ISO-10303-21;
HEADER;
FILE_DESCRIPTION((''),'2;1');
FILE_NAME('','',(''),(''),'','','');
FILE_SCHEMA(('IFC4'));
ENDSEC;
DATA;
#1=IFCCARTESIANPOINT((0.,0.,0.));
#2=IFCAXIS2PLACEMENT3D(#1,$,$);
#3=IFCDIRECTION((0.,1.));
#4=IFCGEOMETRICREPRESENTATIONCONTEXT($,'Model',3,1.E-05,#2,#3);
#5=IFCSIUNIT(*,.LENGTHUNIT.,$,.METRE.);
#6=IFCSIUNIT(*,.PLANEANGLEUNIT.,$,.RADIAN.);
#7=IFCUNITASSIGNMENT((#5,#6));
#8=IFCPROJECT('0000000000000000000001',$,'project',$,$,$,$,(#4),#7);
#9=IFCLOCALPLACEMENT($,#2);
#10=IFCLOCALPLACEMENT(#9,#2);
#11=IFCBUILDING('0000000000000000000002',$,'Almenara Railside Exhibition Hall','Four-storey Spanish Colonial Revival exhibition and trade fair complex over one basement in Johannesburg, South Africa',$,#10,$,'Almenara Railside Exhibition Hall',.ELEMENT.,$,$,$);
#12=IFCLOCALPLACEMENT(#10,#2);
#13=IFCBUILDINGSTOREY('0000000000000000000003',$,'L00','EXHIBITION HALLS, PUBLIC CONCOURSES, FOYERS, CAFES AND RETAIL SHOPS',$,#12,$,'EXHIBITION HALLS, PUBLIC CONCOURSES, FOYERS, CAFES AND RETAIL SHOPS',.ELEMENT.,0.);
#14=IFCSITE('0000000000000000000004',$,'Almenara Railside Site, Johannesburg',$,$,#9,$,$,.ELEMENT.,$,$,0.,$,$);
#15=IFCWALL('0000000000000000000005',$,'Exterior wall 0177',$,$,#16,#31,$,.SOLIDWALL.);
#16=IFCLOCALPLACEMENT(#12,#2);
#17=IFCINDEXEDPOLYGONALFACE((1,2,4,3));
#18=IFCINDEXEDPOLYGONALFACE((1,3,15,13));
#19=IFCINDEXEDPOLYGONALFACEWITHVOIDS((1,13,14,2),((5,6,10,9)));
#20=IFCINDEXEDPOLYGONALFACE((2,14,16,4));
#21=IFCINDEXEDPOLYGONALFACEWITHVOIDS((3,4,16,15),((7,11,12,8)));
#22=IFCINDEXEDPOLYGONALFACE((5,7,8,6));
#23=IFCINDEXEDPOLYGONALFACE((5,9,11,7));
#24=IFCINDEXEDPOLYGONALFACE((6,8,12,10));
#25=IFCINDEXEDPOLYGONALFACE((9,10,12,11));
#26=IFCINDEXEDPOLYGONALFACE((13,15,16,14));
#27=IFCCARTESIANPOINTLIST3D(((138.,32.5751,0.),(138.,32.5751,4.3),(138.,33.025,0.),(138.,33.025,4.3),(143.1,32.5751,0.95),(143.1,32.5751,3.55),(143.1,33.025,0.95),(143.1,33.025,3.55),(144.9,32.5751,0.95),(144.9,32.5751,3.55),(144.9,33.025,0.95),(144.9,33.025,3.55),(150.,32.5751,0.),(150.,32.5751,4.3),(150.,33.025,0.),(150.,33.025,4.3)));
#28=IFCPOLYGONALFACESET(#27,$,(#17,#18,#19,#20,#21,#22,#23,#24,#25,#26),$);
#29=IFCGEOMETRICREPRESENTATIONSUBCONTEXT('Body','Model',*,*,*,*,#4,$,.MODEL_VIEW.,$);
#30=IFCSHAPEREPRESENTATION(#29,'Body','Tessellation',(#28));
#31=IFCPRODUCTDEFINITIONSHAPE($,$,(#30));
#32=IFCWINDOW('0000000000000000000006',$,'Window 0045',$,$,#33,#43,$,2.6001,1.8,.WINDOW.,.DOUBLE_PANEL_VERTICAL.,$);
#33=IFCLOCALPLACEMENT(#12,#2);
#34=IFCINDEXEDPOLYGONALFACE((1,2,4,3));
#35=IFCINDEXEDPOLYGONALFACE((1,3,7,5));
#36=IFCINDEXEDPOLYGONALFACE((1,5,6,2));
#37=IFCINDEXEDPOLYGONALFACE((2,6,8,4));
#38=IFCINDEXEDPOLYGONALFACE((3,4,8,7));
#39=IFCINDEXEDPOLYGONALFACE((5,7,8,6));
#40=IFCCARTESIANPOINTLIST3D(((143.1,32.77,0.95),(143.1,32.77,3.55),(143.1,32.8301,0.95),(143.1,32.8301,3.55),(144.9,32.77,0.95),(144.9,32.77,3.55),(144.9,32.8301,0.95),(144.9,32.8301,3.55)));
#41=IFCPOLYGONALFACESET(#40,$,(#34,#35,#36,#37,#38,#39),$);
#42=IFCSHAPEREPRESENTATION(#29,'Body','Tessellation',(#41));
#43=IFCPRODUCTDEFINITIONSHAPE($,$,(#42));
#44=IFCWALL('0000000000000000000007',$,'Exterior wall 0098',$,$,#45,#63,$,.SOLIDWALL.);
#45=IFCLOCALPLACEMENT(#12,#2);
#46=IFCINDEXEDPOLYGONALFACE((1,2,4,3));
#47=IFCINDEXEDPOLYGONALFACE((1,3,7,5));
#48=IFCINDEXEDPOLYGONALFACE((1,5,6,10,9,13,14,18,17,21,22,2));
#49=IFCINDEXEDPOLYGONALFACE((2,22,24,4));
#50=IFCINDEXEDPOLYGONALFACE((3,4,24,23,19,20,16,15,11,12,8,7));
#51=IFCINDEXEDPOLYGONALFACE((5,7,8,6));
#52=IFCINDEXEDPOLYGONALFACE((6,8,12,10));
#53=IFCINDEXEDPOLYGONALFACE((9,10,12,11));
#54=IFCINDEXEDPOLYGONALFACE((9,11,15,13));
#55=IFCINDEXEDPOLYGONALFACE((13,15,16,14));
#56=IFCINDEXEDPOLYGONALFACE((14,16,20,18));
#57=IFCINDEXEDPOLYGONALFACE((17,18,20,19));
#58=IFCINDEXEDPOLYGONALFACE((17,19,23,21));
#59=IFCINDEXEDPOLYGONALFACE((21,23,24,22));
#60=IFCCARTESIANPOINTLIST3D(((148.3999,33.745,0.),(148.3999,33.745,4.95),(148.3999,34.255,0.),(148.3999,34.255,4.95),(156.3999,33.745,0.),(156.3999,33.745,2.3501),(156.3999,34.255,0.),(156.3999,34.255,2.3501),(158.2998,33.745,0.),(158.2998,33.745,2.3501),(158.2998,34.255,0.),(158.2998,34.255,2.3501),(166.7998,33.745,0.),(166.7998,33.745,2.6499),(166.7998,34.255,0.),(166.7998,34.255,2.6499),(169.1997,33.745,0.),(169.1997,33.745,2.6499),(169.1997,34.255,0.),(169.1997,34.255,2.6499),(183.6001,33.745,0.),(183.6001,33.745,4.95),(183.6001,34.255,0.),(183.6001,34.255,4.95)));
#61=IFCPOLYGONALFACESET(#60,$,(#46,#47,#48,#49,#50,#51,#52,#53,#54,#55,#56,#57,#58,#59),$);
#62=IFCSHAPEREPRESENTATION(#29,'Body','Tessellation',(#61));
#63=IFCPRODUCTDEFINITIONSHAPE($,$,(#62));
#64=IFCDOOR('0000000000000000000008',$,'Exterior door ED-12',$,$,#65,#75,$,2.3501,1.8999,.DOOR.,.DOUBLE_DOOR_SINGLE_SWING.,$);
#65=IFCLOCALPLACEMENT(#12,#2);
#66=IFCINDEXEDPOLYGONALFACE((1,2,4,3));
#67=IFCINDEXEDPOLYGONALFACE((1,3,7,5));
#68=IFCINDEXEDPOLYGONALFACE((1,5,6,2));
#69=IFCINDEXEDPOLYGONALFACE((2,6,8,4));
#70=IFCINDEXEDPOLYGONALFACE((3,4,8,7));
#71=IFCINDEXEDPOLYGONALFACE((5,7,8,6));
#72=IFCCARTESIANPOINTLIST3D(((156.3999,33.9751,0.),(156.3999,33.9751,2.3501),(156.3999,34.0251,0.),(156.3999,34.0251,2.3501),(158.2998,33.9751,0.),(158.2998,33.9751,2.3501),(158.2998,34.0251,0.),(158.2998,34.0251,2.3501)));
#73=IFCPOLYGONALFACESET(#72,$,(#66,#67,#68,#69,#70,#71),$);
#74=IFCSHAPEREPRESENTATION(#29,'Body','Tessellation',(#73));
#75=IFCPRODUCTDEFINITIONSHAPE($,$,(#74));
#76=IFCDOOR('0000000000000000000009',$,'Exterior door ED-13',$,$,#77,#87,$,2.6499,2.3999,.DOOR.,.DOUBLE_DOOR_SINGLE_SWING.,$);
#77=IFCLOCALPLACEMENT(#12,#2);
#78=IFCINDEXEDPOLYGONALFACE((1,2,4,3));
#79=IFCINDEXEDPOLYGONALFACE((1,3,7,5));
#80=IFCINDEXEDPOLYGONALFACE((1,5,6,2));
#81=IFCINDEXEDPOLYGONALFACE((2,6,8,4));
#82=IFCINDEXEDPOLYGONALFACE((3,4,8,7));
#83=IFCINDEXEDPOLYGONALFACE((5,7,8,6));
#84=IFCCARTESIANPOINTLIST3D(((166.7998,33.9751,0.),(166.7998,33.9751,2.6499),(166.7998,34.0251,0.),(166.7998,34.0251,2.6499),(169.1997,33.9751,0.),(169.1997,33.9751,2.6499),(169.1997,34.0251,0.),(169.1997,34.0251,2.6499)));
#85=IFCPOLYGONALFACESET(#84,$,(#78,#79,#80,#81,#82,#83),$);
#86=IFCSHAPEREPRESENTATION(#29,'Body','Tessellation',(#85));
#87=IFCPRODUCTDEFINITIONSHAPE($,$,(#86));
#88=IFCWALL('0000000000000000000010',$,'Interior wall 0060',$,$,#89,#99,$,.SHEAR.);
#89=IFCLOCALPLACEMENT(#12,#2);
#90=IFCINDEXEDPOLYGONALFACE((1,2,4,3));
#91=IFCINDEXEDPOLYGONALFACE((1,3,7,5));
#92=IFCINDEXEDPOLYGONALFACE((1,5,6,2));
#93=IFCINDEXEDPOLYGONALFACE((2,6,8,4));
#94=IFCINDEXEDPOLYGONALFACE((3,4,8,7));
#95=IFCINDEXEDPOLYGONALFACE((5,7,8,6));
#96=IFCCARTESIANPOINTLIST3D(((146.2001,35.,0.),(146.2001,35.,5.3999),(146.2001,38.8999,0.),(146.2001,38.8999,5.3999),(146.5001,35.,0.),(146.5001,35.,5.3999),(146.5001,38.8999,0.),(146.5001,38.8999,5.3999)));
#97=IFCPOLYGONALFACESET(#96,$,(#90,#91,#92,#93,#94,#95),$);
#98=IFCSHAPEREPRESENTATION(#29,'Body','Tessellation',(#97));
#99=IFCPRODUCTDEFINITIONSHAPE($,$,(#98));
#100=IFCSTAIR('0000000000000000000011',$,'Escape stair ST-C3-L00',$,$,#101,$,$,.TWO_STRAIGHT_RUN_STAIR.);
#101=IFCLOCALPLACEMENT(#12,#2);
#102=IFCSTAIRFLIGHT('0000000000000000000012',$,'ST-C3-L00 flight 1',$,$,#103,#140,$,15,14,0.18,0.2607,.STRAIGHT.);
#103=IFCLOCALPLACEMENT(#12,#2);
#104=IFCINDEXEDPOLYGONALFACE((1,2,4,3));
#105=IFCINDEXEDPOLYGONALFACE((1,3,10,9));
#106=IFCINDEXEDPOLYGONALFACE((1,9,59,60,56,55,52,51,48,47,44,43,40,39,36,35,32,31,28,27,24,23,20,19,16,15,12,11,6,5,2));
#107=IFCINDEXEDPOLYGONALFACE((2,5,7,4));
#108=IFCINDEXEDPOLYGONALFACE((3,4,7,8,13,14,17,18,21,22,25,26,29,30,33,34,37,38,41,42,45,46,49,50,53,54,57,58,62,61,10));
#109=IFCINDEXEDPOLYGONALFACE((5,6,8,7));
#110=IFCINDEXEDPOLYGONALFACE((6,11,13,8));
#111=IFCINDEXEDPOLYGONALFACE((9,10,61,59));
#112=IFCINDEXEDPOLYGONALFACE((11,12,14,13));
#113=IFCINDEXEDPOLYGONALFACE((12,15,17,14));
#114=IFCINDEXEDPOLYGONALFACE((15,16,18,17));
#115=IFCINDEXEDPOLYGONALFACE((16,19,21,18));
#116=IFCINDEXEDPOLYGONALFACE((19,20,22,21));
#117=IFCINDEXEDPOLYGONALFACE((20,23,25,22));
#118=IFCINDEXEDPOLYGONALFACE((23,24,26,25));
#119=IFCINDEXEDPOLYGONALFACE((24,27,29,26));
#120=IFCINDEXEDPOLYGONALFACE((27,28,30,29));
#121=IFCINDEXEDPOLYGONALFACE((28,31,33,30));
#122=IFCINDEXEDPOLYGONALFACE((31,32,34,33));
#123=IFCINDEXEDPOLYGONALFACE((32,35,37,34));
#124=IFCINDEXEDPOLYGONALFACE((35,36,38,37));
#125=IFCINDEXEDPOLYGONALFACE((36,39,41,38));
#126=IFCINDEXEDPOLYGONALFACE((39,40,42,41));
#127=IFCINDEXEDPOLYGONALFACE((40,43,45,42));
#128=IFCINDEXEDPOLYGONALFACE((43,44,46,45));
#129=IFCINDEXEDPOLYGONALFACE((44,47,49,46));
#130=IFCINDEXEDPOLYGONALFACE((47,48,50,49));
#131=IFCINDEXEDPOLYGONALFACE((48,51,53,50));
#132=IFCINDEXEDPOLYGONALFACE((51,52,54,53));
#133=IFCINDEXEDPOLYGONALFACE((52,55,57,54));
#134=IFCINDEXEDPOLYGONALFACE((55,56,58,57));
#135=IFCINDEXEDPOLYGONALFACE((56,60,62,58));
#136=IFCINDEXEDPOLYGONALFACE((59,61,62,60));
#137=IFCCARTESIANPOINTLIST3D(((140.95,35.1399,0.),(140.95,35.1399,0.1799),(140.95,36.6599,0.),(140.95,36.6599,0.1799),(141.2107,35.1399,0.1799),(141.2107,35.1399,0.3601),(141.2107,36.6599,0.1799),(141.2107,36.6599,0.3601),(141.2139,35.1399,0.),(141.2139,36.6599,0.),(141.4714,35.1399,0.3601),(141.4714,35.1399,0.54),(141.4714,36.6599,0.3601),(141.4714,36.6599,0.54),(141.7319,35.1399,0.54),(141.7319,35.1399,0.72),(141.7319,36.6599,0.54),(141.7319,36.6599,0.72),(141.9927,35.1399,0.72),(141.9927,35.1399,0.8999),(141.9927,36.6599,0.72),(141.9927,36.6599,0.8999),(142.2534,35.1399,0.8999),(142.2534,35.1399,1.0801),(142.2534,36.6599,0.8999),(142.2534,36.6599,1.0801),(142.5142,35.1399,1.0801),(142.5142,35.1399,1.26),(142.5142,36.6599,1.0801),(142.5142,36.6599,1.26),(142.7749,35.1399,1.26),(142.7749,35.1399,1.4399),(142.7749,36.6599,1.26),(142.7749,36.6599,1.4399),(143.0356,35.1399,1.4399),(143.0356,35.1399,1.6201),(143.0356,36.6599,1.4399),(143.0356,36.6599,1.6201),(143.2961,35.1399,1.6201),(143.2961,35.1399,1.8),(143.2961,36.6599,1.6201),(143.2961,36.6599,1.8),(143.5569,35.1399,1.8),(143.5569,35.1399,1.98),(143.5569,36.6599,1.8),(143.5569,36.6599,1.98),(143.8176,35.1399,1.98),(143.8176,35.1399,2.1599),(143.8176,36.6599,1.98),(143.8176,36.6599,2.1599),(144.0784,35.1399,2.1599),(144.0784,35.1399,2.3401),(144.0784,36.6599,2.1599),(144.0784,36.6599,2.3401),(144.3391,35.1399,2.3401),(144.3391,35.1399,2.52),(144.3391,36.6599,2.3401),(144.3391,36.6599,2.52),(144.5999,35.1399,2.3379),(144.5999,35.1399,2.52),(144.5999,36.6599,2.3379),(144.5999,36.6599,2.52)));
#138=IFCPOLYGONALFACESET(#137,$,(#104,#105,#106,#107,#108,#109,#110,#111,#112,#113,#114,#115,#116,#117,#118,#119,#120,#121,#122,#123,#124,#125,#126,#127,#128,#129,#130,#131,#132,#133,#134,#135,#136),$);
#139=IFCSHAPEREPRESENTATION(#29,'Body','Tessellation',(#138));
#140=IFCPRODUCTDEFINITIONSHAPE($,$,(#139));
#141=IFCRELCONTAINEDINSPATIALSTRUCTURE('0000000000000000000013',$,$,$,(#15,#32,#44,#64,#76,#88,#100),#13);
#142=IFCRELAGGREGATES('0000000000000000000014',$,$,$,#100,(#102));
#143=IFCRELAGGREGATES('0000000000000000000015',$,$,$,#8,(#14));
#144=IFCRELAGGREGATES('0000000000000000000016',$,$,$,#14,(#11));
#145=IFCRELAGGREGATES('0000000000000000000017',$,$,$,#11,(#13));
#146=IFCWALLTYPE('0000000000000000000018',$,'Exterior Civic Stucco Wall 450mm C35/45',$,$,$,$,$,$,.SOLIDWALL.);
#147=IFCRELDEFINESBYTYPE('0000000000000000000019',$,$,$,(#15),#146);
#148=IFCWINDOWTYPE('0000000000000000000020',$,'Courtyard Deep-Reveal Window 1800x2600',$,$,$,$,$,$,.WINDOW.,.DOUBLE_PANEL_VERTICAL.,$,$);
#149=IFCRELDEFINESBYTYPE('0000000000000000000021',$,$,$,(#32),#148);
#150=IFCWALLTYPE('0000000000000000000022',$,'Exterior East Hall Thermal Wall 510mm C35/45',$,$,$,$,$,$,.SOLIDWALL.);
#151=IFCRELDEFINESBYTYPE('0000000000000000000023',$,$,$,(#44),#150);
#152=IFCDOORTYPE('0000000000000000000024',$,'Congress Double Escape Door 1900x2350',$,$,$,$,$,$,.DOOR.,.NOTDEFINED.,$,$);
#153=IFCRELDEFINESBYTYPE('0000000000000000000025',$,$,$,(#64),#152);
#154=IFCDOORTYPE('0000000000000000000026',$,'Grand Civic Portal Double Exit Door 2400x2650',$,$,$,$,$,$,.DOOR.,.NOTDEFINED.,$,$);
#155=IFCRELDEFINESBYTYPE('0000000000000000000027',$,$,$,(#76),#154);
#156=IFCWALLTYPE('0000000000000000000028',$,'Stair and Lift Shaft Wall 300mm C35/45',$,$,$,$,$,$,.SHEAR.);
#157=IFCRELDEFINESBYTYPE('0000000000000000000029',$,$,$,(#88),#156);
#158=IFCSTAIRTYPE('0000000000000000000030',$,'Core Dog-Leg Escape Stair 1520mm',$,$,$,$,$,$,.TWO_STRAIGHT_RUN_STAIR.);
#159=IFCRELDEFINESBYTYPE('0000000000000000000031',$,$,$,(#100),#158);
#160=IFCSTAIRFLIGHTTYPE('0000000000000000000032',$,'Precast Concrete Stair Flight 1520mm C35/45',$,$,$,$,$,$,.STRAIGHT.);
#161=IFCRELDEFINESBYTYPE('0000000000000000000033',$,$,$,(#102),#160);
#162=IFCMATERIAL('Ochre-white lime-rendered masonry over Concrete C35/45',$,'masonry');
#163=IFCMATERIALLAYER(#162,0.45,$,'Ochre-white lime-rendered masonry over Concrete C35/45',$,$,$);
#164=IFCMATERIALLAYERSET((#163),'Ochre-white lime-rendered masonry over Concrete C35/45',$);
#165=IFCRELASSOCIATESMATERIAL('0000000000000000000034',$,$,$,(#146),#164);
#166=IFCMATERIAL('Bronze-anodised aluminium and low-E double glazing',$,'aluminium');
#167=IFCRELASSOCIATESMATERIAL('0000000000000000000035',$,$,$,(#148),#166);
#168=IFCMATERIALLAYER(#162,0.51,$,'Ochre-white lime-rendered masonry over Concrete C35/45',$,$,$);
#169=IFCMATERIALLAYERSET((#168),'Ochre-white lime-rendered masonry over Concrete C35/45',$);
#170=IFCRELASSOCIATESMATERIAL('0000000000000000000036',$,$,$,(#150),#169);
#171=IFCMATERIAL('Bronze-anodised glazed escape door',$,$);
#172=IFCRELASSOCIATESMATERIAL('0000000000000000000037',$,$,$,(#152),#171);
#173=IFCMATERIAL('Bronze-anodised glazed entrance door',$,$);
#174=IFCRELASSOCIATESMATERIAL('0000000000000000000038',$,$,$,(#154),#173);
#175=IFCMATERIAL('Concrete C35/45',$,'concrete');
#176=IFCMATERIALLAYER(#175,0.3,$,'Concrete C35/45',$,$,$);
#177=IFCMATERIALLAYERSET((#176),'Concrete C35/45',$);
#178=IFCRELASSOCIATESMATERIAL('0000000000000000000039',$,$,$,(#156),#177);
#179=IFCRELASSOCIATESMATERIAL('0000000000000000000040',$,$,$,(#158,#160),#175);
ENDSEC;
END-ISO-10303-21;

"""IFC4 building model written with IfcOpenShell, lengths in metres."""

from ifc_helpers import new_model, si_unit, direction, frame, frame_2d, origin, place, context, subcontext, project, spatial, polyline, rectangle, outline, extrude, material, layer, layer_set, type_object, element, fill, aggregate, save


model = new_model("IFC4")

# Units and contexts
model_context = context("Model", 3, precision=1e-05, world=origin(), true_north=direction((0.0, 1.0)))
body_context = subcontext(model_context, "Body", "Model", "MODEL_VIEW")
ifc_project = project(units=[si_unit("LENGTHUNIT", "METRE"), si_unit("PLANEANGLEUNIT", "RADIAN")], contexts=[model_context])

# Site, building, storey
site_placement = place(None, origin())
site = spatial("IfcSite", under=ifc_project, at=site_placement, Name="Almenara Railside Site, Johannesburg", CompositionType="ELEMENT", RefElevation=0.0)
building_placement = place(site_placement, origin())
building = spatial("IfcBuilding", under=site, at=building_placement, Name="Almenara Railside Exhibition Hall", Description="Four-storey Spanish Colonial Revival exhibition and trade fair complex over one basement in Johannesburg, South Africa", LongName="Almenara Railside Exhibition Hall", CompositionType="ELEMENT")
storey_placement = place(building_placement, origin())
storey = spatial("IfcBuildingStorey", under=building, at=storey_placement, Name="L00", Description="EXHIBITION HALLS, PUBLIC CONCOURSES, FOYERS, CAFES AND RETAIL SHOPS", LongName="EXHIBITION HALLS, PUBLIC CONCOURSES, FOYERS, CAFES AND RETAIL SHOPS", CompositionType="ELEMENT", Elevation=0.0)

# Shared definitions
ifc_material_1 = material(Name="Concrete C35/45", Category="concrete")

# Wall, opening, window
ifc_material_2 = material(Name="Ochre-white lime-rendered masonry over Concrete C35/45", Category="masonry")
ifc_layer_1 = layer(ifc_material_2, 0.45, Name="Ochre-white lime-rendered masonry over Concrete C35/45")
ifc_layer_set_1 = layer_set([ifc_layer_1], Name="Ochre-white lime-rendered masonry over Concrete C35/45")
wall_type_1 = type_object("IfcWallType", Name="Exterior Civic Stucco Wall 450mm C35/45", PredefinedType="SOLIDWALL", material=ifc_layer_set_1)
wall_1_placement = place(storey_placement, frame((150.0, 32.8, 0.0), z_axis=(0.0, 0.0, 1.0), x_axis=(-1.0, 0.0, 0.0)))
wall_1 = element("IfcWall", 1, at=wall_1_placement, inside=storey, type_object=wall_type_1, Name="Exterior wall 0177", PredefinedType="SOLIDWALL", context=body_context, shape_type="SweptSolid", body=[
    extrude(rectangle(XDim=12.0, YDim=0.45, at=frame_2d((6.0, 0.0))), origin(), (0.0, 0.0, 1.0), 4.3),
])
opening_1_placement = place(wall_1_placement, frame((5.1001, 0.0, 0.95)))
opening_1 = element("IfcOpeningElement", 2, at=opening_1_placement, cuts=wall_1, PredefinedType="OPENING", context=body_context, shape_type="SweptSolid", body=[
    extrude(rectangle(XDim=1.8, YDim=2.6001, at=frame_2d((0.8999, 1.3))), frame((0.0, 0.2349, 0.0), z_axis=(0.0, -1.0, 0.0), x_axis=(1.0, 0.0, 0.0)), (0.0, 0.0, 1.0), 0.47),
])
ifc_material_3 = material(Name="Bronze-anodised aluminium and low-E double glazing", Category="aluminium")
window_type = type_object("IfcWindowType", Name="Courtyard Deep-Reveal Window 1800x2600", PartitioningType="DOUBLE_PANEL_VERTICAL", PredefinedType="WINDOW", material=ifc_material_3)
window_placement = place(opening_1_placement, origin())
window = element("IfcWindow", 3, at=window_placement, inside=storey, type_object=window_type, Name="Window 0045", OverallHeight=2.6001, OverallWidth=1.8, PartitioningType="DOUBLE_PANEL_VERTICAL", PredefinedType="WINDOW", context=body_context, shape_type="SweptSolid", body=[
    extrude(rectangle(XDim=1.8, YDim=2.6001, at=frame_2d((0.8999, 1.3))), frame((0.0, 0.03, 0.0), z_axis=(0.0, -1.0, 0.0), x_axis=(1.0, 0.0, 0.0)), (0.0, 0.0, 1.0), 0.0601),
])
fill(opening_1, window)

# Wall, openings, doors
ifc_layer_2 = layer(ifc_material_2, 0.51, Name="Ochre-white lime-rendered masonry over Concrete C35/45")
ifc_layer_set_2 = layer_set([ifc_layer_2], Name="Ochre-white lime-rendered masonry over Concrete C35/45")
wall_type_2 = type_object("IfcWallType", Name="Exterior East Hall Thermal Wall 510mm C35/45", PredefinedType="SOLIDWALL", material=ifc_layer_set_2)
wall_2_placement = place(storey_placement, frame((148.3999, 34.0, 0.0), z_axis=(0.0, 0.0, 1.0), x_axis=(1.0, 0.0, 0.0)))
wall_2 = element("IfcWall", 4, at=wall_2_placement, inside=storey, type_object=wall_type_2, Name="Exterior wall 0098", PredefinedType="SOLIDWALL", context=body_context, shape_type="SweptSolid", body=[
    extrude(rectangle(XDim=35.2002, YDim=0.51, at=frame_2d((17.6001, 0.0))), origin(), (0.0, 0.0, 1.0), 4.95),
])
opening_2_placement = place(wall_2_placement, frame((8.0, 0.0, 0.0)))
opening_2 = element("IfcOpeningElement", 5, at=opening_2_placement, cuts=wall_2, PredefinedType="OPENING", context=body_context, shape_type="SweptSolid", body=[
    extrude(rectangle(XDim=1.8999, YDim=2.3501, at=frame_2d((0.95, 1.175))), frame((0.0, 0.2649, 0.0), z_axis=(0.0, -1.0, 0.0), x_axis=(1.0, 0.0, 0.0)), (0.0, 0.0, 1.0), 0.53),
])
opening_3_placement = place(wall_2_placement, frame((18.3999, 0.0, 0.0)))
opening_3 = element("IfcOpeningElement", 6, at=opening_3_placement, cuts=wall_2, PredefinedType="OPENING", context=body_context, shape_type="SweptSolid", body=[
    extrude(rectangle(XDim=2.3999, YDim=2.6499, at=frame_2d((1.2, 1.325))), frame((0.0, 0.2649, 0.0), z_axis=(0.0, -1.0, 0.0), x_axis=(1.0, 0.0, 0.0)), (0.0, 0.0, 1.0), 0.53),
])
ifc_material_4 = material(Name="Bronze-anodised glazed escape door")
door_type_1 = type_object("IfcDoorType", Name="Congress Double Escape Door 1900x2350", OperationType="NOTDEFINED", PredefinedType="DOOR", material=ifc_material_4)
door_1_placement = place(opening_2_placement, frame((1.8999, 0.0, 0.0), z_axis=(0.0, 0.0, 1.0), x_axis=(-1.0, 0.0, 0.0)))
door_1 = element("IfcDoor", 7, at=door_1_placement, inside=storey, type_object=door_type_1, Name="Exterior door ED-12", OperationType="DOUBLE_DOOR_SINGLE_SWING", OverallHeight=2.3501, OverallWidth=1.8999, PredefinedType="DOOR", context=body_context, shape_type="SweptSolid", body=[
    extrude(rectangle(XDim=1.8999, YDim=2.3501, at=frame_2d((0.95, 1.175))), frame((0.0, 0.0249, 0.0), z_axis=(0.0, -1.0, 0.0), x_axis=(1.0, 0.0, 0.0)), (0.0, 0.0, 1.0), 0.05),
])
fill(opening_2, door_1)
ifc_material_5 = material(Name="Bronze-anodised glazed entrance door")
door_type_2 = type_object("IfcDoorType", Name="Grand Civic Portal Double Exit Door 2400x2650", OperationType="NOTDEFINED", PredefinedType="DOOR", material=ifc_material_5)
door_2_placement = place(opening_3_placement, frame((2.3999, 0.0, 0.0), z_axis=(0.0, 0.0, 1.0), x_axis=(-1.0, 0.0, 0.0)))
door_2 = element("IfcDoor", 8, at=door_2_placement, inside=storey, type_object=door_type_2, Name="Exterior door ED-13", OperationType="DOUBLE_DOOR_SINGLE_SWING", OverallHeight=2.6499, OverallWidth=2.3999, PredefinedType="DOOR", context=body_context, shape_type="SweptSolid", body=[
    extrude(rectangle(XDim=2.3999, YDim=2.6499, at=frame_2d((1.2, 1.325))), frame((0.0, 0.0249, 0.0), z_axis=(0.0, -1.0, 0.0), x_axis=(1.0, 0.0, 0.0)), (0.0, 0.0, 1.0), 0.05),
])
fill(opening_3, door_2)

# Wall
ifc_layer_3 = layer(ifc_material_1, 0.3, Name="Concrete C35/45")
ifc_layer_set_3 = layer_set([ifc_layer_3], Name="Concrete C35/45")
wall_type_3 = type_object("IfcWallType", Name="Stair and Lift Shaft Wall 300mm C35/45", PredefinedType="SHEAR", material=ifc_layer_set_3)
wall_3_placement = place(storey_placement, frame((146.3501, 35.0, 0.0), z_axis=(0.0, 0.0, 1.0), x_axis=(0.0, 1.0, 0.0)))
element("IfcWall", 9, at=wall_3_placement, inside=storey, type_object=wall_type_3, Name="Interior wall 0060", PredefinedType="SHEAR", context=body_context, shape_type="SweptSolid", body=[
    extrude(rectangle(XDim=3.8999, YDim=0.3, at=frame_2d((1.95, 0.0))), origin(), (0.0, 0.0, 1.0), 5.3999),
])

# Stair, stair flight
stair_type = type_object("IfcStairType", Name="Core Dog-Leg Escape Stair 1520mm", PredefinedType="TWO_STRAIGHT_RUN_STAIR", material=ifc_material_1)
stair_placement = place(storey_placement, origin())
stair = element("IfcStair", 10, at=stair_placement, inside=storey, type_object=stair_type, Name="Escape stair ST-C3-L00", PredefinedType="TWO_STRAIGHT_RUN_STAIR")
stair_flight_type = type_object("IfcStairFlightType", Name="Precast Concrete Stair Flight 1520mm C35/45", PredefinedType="STRAIGHT", material=ifc_material_1)
stair_flight_1_placement = place(storey_placement, frame((140.95, 35.8999, 0.0), z_axis=(0.0, 0.0, 1.0), x_axis=(1.0, 0.0, 0.0)))
stair_flight_1 = element("IfcStairFlight", 11, at=stair_flight_1_placement, type_object=stair_flight_type, Name="ST-C3-L00 flight 1", NumberOfRisers=15, NumberOfTreads=14, PredefinedType="STRAIGHT", RiserHeight=0.18, TreadLength=0.2607, context=body_context, shape_type="SweptSolid", body=[
    extrude(outline(polyline([(0.0, 0.0), (0.0, 0.1799), (0.2607, 0.1799), (0.2607, 0.3601), (0.5215, 0.3601), (0.5215, 0.54), (0.782, 0.54), (0.782, 0.72), (1.0427, 0.72), (1.0427, 0.8999), (1.3035, 0.8999), (1.3035, 1.0801), (1.5642, 1.0801), (1.5642, 1.26), (1.825, 1.26), (1.825, 1.4399), (2.0857, 1.4399), (2.0857, 1.6201), (2.3462, 1.6201), (2.3462, 1.8), (2.6069, 1.8), (2.6069, 1.98), (2.8677, 1.98), (2.8677, 2.1599), (3.1284, 2.1599), (3.1284, 2.3401), (3.3892, 2.3401), (3.3892, 2.52), (3.6499, 2.52), (3.6499, 2.7), (3.6499, 2.3379), (0.2639, 0.0), (0.0, 0.0)])), frame((0.0, 0.76, 0.0), z_axis=(0.0, -1.0, 0.0), x_axis=(1.0, 0.0, 0.0)), (0.0, 0.0, 1.0), 1.52),
])
aggregate(stair, [stair_flight_1])

save(model, "model.ifc")
